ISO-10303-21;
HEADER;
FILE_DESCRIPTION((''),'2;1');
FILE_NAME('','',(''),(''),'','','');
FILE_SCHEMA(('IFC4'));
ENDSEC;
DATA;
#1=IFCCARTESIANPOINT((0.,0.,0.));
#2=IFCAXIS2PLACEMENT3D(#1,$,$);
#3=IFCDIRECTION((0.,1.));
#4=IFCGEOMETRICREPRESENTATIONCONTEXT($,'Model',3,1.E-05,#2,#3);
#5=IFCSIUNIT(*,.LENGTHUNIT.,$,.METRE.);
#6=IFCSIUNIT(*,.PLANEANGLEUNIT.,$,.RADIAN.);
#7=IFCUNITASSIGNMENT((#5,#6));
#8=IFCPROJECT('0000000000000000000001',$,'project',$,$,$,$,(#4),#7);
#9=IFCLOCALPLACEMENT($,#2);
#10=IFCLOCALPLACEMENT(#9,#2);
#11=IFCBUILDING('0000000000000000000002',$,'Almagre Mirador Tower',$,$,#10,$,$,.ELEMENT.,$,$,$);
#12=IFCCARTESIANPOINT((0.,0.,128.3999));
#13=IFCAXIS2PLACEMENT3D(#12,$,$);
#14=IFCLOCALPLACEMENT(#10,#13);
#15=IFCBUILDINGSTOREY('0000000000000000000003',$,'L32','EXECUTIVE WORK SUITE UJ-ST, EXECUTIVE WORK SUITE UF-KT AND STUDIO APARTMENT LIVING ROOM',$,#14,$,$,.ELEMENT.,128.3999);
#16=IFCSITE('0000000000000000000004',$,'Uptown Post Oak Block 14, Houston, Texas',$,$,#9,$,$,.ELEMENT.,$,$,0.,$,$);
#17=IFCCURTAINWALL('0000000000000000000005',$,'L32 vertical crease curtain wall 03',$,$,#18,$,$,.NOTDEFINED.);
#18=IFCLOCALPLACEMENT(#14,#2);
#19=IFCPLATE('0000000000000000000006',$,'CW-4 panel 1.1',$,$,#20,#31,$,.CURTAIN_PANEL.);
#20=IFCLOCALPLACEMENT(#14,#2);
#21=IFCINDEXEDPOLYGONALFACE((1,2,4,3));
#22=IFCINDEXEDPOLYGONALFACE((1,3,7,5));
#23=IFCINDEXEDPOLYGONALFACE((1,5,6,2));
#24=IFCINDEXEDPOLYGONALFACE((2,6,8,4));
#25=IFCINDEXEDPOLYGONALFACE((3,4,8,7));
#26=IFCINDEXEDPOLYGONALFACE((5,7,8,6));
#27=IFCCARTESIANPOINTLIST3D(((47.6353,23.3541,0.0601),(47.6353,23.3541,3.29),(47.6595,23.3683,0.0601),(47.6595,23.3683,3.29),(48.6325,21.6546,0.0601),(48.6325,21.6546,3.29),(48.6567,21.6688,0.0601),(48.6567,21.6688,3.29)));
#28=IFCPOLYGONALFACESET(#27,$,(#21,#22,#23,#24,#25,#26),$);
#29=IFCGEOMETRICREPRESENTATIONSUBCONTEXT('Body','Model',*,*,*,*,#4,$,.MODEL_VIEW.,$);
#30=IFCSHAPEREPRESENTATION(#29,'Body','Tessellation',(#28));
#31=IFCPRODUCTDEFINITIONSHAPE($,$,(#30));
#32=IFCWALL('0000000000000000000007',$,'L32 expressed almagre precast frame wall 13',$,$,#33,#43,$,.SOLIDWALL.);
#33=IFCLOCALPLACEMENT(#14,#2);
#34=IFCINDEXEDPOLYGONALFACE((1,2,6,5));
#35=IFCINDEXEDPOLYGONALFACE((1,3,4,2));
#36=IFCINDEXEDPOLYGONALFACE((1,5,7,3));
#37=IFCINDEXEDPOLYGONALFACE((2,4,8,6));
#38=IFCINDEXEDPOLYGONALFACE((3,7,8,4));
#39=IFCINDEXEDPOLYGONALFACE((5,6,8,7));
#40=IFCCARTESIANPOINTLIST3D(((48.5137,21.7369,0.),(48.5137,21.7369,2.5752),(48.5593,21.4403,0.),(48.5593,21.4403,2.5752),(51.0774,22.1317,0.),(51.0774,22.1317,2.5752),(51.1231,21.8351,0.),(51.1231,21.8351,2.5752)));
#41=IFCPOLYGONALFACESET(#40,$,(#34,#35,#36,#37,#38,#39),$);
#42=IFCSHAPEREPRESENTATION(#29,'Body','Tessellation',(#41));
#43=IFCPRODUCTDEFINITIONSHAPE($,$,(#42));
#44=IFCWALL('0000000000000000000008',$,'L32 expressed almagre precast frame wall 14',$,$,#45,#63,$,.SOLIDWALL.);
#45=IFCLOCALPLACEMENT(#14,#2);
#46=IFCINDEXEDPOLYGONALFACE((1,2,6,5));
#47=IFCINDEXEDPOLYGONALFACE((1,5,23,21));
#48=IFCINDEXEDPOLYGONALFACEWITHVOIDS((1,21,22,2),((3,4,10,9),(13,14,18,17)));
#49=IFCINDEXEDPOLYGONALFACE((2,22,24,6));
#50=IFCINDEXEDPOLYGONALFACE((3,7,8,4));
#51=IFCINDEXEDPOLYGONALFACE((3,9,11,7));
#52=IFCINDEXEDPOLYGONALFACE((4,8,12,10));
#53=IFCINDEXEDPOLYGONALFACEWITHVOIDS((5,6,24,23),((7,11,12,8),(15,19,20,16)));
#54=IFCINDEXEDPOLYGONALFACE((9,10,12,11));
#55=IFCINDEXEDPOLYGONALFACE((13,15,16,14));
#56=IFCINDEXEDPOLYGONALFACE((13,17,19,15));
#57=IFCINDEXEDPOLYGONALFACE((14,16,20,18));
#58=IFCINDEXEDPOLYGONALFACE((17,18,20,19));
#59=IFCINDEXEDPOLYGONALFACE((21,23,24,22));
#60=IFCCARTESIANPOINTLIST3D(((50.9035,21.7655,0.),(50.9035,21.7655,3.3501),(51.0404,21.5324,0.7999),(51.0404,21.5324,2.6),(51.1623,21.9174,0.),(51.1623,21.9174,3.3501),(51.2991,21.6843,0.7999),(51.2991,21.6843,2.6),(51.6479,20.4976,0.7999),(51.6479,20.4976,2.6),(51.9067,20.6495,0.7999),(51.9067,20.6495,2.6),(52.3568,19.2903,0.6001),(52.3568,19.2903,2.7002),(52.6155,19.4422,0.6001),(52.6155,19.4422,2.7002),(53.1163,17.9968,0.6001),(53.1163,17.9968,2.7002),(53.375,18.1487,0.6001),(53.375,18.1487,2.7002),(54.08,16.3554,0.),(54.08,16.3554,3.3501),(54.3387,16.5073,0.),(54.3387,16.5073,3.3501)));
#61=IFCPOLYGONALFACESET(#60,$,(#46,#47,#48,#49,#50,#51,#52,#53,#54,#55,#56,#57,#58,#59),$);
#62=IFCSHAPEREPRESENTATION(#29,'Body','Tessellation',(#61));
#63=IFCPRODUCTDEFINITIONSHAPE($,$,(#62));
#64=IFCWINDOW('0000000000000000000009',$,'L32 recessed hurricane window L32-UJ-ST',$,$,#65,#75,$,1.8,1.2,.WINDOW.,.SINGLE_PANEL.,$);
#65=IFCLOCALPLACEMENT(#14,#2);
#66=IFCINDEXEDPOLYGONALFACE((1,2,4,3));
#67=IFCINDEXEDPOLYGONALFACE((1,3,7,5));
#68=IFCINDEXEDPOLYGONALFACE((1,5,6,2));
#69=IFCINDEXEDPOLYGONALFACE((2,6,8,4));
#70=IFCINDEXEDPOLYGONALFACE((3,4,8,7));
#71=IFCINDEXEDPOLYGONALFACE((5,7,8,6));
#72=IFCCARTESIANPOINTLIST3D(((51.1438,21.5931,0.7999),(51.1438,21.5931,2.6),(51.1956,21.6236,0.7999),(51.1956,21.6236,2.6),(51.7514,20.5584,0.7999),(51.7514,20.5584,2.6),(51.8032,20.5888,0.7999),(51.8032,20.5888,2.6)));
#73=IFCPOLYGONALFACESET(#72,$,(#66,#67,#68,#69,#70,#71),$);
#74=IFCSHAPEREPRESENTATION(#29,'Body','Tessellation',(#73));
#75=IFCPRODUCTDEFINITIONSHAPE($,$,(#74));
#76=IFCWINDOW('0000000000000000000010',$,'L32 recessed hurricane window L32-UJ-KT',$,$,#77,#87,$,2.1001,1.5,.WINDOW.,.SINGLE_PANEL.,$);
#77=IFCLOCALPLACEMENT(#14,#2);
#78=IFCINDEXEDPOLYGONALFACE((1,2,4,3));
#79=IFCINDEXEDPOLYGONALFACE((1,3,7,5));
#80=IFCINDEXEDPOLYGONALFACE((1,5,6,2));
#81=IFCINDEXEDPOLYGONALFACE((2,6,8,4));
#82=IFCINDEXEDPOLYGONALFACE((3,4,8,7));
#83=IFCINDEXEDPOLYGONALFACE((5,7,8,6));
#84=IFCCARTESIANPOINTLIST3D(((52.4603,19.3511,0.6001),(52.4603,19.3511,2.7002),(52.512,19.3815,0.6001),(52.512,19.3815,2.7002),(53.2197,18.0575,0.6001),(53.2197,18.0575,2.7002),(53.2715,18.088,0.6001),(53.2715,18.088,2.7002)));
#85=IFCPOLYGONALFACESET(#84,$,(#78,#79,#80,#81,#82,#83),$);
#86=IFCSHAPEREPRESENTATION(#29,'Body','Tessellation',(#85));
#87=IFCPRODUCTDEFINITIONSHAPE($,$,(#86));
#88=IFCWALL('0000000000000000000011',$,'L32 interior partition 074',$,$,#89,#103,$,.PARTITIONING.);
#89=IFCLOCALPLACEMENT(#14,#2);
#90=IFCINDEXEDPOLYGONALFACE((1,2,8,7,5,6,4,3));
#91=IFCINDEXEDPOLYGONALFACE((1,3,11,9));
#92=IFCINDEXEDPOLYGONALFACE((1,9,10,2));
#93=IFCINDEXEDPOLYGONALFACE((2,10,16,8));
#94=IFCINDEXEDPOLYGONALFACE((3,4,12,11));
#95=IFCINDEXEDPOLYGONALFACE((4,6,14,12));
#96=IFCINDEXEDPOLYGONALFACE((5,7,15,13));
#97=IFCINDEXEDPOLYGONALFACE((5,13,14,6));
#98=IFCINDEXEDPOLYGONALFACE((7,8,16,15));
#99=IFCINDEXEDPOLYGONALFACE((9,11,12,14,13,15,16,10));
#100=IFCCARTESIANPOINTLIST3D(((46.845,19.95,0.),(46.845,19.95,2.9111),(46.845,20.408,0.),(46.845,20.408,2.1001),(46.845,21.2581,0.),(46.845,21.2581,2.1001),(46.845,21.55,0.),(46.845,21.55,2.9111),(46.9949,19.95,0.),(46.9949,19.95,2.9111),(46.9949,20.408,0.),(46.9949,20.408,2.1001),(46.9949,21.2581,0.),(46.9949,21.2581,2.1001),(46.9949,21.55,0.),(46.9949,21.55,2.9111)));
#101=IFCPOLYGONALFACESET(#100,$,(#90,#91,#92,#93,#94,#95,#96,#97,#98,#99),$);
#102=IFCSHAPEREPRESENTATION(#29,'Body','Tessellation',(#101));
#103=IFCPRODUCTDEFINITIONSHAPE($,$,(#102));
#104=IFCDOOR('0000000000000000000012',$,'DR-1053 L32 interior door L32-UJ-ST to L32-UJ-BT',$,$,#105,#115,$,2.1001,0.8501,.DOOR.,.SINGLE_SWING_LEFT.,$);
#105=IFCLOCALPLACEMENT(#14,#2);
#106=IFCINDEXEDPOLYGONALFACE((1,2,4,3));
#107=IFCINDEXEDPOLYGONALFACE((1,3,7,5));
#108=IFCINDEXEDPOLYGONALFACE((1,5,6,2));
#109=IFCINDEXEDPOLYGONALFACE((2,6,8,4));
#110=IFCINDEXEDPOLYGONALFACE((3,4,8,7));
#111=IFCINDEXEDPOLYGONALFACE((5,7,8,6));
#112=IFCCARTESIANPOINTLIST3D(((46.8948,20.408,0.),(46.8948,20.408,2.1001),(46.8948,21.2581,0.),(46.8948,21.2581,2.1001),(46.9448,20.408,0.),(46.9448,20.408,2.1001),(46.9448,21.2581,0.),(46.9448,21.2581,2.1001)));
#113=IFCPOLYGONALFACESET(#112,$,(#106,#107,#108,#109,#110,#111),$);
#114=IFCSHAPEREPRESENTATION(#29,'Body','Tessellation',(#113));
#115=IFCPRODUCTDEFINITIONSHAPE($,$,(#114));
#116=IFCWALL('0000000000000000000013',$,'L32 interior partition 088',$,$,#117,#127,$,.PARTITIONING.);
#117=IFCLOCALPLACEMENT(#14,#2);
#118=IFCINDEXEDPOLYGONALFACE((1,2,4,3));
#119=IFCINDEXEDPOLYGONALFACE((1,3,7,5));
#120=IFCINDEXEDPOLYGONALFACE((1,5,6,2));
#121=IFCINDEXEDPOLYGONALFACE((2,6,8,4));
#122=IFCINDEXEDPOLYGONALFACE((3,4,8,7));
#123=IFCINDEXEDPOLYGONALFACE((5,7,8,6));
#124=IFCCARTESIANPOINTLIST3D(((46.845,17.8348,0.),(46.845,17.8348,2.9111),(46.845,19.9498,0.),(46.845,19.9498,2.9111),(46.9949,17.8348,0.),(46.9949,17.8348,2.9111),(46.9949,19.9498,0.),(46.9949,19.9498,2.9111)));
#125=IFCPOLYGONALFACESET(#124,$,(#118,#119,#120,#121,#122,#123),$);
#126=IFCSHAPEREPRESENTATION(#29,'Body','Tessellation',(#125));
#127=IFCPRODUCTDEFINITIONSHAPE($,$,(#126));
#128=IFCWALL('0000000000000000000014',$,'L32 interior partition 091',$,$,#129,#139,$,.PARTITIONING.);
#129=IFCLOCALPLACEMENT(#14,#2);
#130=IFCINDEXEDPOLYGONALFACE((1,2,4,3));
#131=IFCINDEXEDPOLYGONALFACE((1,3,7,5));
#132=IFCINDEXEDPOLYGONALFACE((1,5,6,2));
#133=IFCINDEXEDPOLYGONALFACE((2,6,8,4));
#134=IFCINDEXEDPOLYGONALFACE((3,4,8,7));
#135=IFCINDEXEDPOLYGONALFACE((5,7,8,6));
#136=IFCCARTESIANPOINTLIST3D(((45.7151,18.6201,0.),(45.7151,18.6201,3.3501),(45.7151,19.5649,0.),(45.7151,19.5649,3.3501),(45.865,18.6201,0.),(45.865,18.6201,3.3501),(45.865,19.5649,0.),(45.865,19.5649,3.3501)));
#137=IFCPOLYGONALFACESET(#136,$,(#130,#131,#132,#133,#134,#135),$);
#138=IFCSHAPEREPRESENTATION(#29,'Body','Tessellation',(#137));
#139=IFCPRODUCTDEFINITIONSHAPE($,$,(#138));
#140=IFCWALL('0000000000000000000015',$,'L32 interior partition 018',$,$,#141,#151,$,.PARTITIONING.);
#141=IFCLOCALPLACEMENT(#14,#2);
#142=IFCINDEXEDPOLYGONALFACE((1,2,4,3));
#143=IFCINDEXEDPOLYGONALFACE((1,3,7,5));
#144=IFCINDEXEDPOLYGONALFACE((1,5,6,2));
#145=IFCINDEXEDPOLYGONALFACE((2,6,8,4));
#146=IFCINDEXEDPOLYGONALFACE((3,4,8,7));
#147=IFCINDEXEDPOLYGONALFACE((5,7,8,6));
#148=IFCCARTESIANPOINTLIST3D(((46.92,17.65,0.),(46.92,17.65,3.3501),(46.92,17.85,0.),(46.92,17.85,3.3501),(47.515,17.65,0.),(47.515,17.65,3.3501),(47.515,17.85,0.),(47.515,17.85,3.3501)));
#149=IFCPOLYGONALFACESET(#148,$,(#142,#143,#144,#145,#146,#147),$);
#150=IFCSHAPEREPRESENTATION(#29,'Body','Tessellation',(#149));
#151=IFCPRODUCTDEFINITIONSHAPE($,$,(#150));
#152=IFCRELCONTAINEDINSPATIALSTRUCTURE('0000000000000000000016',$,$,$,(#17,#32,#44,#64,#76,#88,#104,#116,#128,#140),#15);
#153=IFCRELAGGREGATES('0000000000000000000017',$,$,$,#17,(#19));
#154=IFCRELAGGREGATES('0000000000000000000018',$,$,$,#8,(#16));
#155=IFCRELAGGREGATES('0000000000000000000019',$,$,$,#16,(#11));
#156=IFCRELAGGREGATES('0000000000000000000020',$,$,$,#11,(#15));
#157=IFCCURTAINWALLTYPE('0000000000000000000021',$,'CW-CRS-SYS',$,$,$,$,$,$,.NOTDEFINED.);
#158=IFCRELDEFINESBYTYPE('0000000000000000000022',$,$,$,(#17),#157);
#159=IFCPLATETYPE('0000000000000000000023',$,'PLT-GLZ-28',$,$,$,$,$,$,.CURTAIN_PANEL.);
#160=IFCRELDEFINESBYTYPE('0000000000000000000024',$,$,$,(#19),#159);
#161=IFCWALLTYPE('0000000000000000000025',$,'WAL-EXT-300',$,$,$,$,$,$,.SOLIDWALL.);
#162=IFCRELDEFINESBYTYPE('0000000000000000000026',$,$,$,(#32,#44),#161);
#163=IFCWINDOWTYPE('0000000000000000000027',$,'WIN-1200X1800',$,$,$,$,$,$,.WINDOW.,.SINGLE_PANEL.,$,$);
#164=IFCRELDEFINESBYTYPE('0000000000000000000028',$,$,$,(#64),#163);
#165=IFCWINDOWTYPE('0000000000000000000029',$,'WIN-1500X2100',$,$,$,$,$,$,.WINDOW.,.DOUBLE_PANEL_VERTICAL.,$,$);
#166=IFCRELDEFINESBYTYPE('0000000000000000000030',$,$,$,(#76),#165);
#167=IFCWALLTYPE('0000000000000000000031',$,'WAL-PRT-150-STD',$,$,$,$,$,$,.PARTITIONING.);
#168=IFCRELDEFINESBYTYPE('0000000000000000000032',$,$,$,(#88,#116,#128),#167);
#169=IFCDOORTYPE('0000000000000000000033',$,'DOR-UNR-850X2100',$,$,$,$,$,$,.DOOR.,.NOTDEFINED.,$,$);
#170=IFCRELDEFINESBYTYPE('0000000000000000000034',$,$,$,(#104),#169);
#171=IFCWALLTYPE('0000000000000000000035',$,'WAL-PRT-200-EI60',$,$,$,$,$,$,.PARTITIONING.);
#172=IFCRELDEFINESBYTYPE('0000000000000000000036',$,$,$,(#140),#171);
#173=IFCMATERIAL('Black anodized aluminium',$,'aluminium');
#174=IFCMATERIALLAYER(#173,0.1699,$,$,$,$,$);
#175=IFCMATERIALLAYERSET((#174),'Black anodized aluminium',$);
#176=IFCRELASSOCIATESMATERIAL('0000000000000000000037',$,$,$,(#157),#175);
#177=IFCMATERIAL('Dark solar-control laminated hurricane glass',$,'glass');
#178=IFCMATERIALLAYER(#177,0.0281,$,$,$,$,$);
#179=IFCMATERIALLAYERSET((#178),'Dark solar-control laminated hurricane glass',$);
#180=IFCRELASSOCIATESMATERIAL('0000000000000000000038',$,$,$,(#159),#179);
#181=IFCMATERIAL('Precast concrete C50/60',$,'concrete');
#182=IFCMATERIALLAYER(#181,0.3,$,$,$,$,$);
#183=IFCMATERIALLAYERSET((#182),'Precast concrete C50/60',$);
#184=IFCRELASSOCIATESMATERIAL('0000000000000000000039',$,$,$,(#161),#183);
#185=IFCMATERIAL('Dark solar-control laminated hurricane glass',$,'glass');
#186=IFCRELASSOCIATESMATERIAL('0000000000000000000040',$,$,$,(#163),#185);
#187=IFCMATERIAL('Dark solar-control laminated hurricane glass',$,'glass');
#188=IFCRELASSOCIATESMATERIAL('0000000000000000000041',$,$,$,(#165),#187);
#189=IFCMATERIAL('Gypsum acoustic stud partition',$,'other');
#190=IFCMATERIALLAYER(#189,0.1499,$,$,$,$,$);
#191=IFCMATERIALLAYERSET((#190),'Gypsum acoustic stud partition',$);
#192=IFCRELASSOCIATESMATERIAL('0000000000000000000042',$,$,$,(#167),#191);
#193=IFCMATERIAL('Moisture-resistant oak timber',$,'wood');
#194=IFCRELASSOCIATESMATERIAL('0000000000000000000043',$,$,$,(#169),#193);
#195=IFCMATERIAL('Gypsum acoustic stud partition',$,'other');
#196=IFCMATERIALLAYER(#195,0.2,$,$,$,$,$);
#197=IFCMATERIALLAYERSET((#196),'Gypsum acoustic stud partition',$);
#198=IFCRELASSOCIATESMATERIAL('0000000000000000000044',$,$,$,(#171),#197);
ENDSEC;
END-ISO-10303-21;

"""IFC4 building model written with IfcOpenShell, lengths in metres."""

from ifc_helpers import new_model, si_unit, direction, frame, frame_2d, origin, origin_2d, place, context, subcontext, project, spatial, rectangle, extrude, material, layer, layer_set, type_object, element, fill, aggregate, save


model = new_model("IFC4")

# Units and contexts
model_context = context("Model", 3, precision=1e-05, world=origin(), true_north=direction((0.0, 1.0)))
body_context = subcontext(model_context, "Body", "Model", "MODEL_VIEW")
ifc_project = project(units=[si_unit("LENGTHUNIT", "METRE"), si_unit("PLANEANGLEUNIT", "RADIAN")], contexts=[model_context])

# Site, building, storey
site_placement = place(None, origin())
site = spatial("IfcSite", under=ifc_project, at=site_placement, Name="Uptown Post Oak Block 14, Houston, Texas", CompositionType="ELEMENT", RefElevation=0.0)
building_placement = place(site_placement, origin())
building = spatial("IfcBuilding", under=site, at=building_placement, Name="Almagre Mirador Tower", CompositionType="ELEMENT")
storey_placement = place(building_placement, frame((0.0, 0.0, 128.3999)))
storey = spatial("IfcBuildingStorey", under=building, at=storey_placement, Name="L32", Description="EXECUTIVE WORK SUITE UJ-ST, EXECUTIVE WORK SUITE UF-KT AND STUDIO APARTMENT LIVING ROOM", CompositionType="ELEMENT", Elevation=128.3999)

# Curtain wall, plate
ifc_material_1 = material(Name="Black anodized aluminium", Category="aluminium")
ifc_layer_1 = layer(ifc_material_1, 0.1699)
ifc_layer_set_1 = layer_set([ifc_layer_1], Name="Black anodized aluminium")
curtain_wall_type = type_object("IfcCurtainWallType", Name="CW-CRS-SYS", PredefinedType="NOTDEFINED", material=ifc_layer_set_1)
curtain_wall_placement = place(storey_placement, origin())
curtain_wall = element("IfcCurtainWall", 1, at=curtain_wall_placement, inside=storey, type_object=curtain_wall_type, Name="L32 vertical crease curtain wall 03", PredefinedType="NOTDEFINED")
ifc_material_2 = material(Name="Dark solar-control laminated hurricane glass", Category="glass")
ifc_layer_2 = layer(ifc_material_2, 0.0281)
ifc_layer_set_2 = layer_set([ifc_layer_2], Name="Dark solar-control laminated hurricane glass")
plate_type = type_object("IfcPlateType", Name="PLT-GLZ-28", PredefinedType="CURTAIN_PANEL", material=ifc_layer_set_2)
plate_placement = place(storey_placement, frame((48.146, 22.5115, 0.0601), z_axis=(0.0, 0.0, 1.0), x_axis=(0.5061, -0.862475, 0.0)))
plate = element("IfcPlate", 2, at=plate_placement, type_object=plate_type, Name="CW-4 panel 1.1", PredefinedType="CURTAIN_PANEL", context=body_context, shape_type="SweptSolid", body=[
    extrude(rectangle(XDim=1.9705, YDim=0.0281, at=origin_2d()), origin(), (0.0, 0.0, 1.0), 3.23),
])
aggregate(curtain_wall, [plate])

# Wall
ifc_material_3 = material(Name="Precast concrete C50/60", Category="concrete")
ifc_layer_3 = layer(ifc_material_3, 0.3)
ifc_layer_set_3 = layer_set([ifc_layer_3], Name="Precast concrete C50/60")
wall_type_1 = type_object("IfcWallType", Name="WAL-EXT-300", PredefinedType="SOLIDWALL", material=ifc_layer_set_3)
wall_1_placement = place(storey_placement, frame((48.5366, 21.5886, 0.0), z_axis=(0.0, 0.0, 1.0), x_axis=(0.988351, 0.152192, 0.0)))
element("IfcWall", 3, at=wall_1_placement, inside=storey, type_object=wall_type_1, Name="L32 expressed almagre precast frame wall 13", PredefinedType="SOLIDWALL", context=body_context, shape_type="SweptSolid", body=[
    extrude(rectangle(XDim=2.594, YDim=0.3, at=frame_2d((1.2969, 0.0))), origin(), (0.0, 0.0, 1.0), 2.5752),
])

# Wall, openings, windows
wall_2_placement = place(storey_placement, frame((51.033, 21.8413, 0.0), z_axis=(0.0, 0.0, 1.0), x_axis=(0.506318, -0.862347, 0.0)))
wall_2 = element("IfcWall", 4, at=wall_2_placement, inside=storey, type_object=wall_type_1, Name="L32 expressed almagre precast frame wall 14", PredefinedType="SOLIDWALL", context=body_context, shape_type="SweptSolid", body=[
    extrude(rectangle(XDim=6.2737, YDim=0.3, at=frame_2d((3.1367, 0.0))), origin(), (0.0, 0.0, 1.0), 3.3501),
])
opening_1_placement = place(wall_2_placement, frame((0.27, 0.0, 0.8)))
opening_1 = element("IfcOpeningElement", 5, at=opening_1_placement, cuts=wall_2, PredefinedType="OPENING", context=body_context, shape_type="SweptSolid", body=[
    extrude(rectangle(XDim=1.2, YDim=1.8, at=frame_2d((0.6001, 0.8999))), frame((0.0, 0.1599, 0.0), z_axis=(0.0, -1.0, 0.0), x_axis=(1.0, 0.0, 0.0)), (0.0, 0.0, 1.0), 0.32),
])
opening_2_placement = place(wall_2_placement, frame((2.8701, 0.0, 0.6001)))
opening_2 = element("IfcOpeningElement", 6, at=opening_2_placement, cuts=wall_2, PredefinedType="OPENING", context=body_context, shape_type="SweptSolid", body=[
    extrude(rectangle(XDim=1.5, YDim=2.1001, at=frame_2d((0.75, 1.05))), frame((0.0, 0.1599, 0.0), z_axis=(0.0, -1.0, 0.0), x_axis=(1.0, 0.0, 0.0)), (0.0, 0.0, 1.0), 0.32),
])
ifc_material_4 = material(Name="Dark solar-control laminated hurricane glass", Category="glass")
window_type_1 = type_object("IfcWindowType", Name="WIN-1200X1800", PartitioningType="SINGLE_PANEL", PredefinedType="WINDOW", material=ifc_material_4)
window_1_placement = place(opening_1_placement, origin())
window_1 = element("IfcWindow", 7, at=window_1_placement, inside=storey, type_object=window_type_1, Name="L32 recessed hurricane window L32-UJ-ST", OverallHeight=1.8, OverallWidth=1.2, PartitioningType="SINGLE_PANEL", PredefinedType="WINDOW", context=body_context, shape_type="SweptSolid", body=[
    extrude(rectangle(XDim=1.2, YDim=1.8, at=frame_2d((0.6001, 0.8999))), frame((0.0, 0.03, 0.0), z_axis=(0.0, -1.0, 0.0), x_axis=(1.0, 0.0, 0.0)), (0.0, 0.0, 1.0), 0.0601),
])
fill(opening_1, window_1)
ifc_material_5 = material(Name="Dark solar-control laminated hurricane glass", Category="glass")
window_type_2 = type_object("IfcWindowType", Name="WIN-1500X2100", PartitioningType="DOUBLE_PANEL_VERTICAL", PredefinedType="WINDOW", material=ifc_material_5)
window_2_placement = place(opening_2_placement, origin())
window_2 = element("IfcWindow", 8, at=window_2_placement, inside=storey, type_object=window_type_2, Name="L32 recessed hurricane window L32-UJ-KT", OverallHeight=2.1001, OverallWidth=1.5, PartitioningType="SINGLE_PANEL", PredefinedType="WINDOW", context=body_context, shape_type="SweptSolid", body=[
    extrude(rectangle(XDim=1.5, YDim=2.1001, at=frame_2d((0.75, 1.05))), frame((0.0, 0.03, 0.0), z_axis=(0.0, -1.0, 0.0), x_axis=(1.0, 0.0, 0.0)), (0.0, 0.0, 1.0), 0.0601),
])
fill(opening_2, window_2)

# Wall, opening, door
ifc_material_6 = material(Name="Gypsum acoustic stud partition", Category="other")
ifc_layer_4 = layer(ifc_material_6, 0.1499)
ifc_layer_set_4 = layer_set([ifc_layer_4], Name="Gypsum acoustic stud partition")
wall_type_2 = type_object("IfcWallType", Name="WAL-PRT-150-STD", PredefinedType="PARTITIONING", material=ifc_layer_set_4)
wall_3_placement = place(storey_placement, frame((46.9199, 21.55, 0.0), z_axis=(0.0, 0.0, 1.0), x_axis=(0.0, -1.0, 0.0)))
wall_3 = element("IfcWall", 9, at=wall_3_placement, inside=storey, type_object=wall_type_2, Name="L32 interior partition 074", PredefinedType="PARTITIONING", context=body_context, shape_type="SweptSolid", body=[
    extrude(rectangle(XDim=1.6001, YDim=0.1499, at=frame_2d((0.8, 0.0))), origin(), (0.0, 0.0, 1.0), 2.9111),
])
opening_3_placement = place(wall_3_placement, frame((0.292, 0.0, 0.0)))
opening_3 = element("IfcOpeningElement", 10, at=opening_3_placement, cuts=wall_3, PredefinedType="OPENING", context=body_context, shape_type="SweptSolid", body=[
    extrude(rectangle(XDim=0.8501, YDim=2.1001, at=frame_2d((0.425, 1.05))), frame((0.0, 0.085, 0.0), z_axis=(0.0, -1.0, 0.0), x_axis=(1.0, 0.0, 0.0)), (0.0, 0.0, 1.0), 0.1699),
])
ifc_material_7 = material(Name="Moisture-resistant oak timber", Category="wood")
door_type_1 = type_object("IfcDoorType", Name="DOR-UNR-850X2100", OperationType="NOTDEFINED", PredefinedType="DOOR", material=ifc_material_7)
door_1_placement = place(opening_3_placement, origin())
door_1 = element("IfcDoor", 11, at=door_1_placement, inside=storey, type_object=door_type_1, Name="DR-1053 L32 interior door L32-UJ-ST to L32-UJ-BT", OperationType="SINGLE_SWING_LEFT", OverallHeight=2.1001, OverallWidth=0.8501, PredefinedType="DOOR", context=body_context, shape_type="SweptSolid", body=[
    extrude(rectangle(XDim=0.8501, YDim=2.1001, at=frame_2d((0.425, 1.05))), frame((0.0, 0.0249, 0.0), z_axis=(0.0, -1.0, 0.0), x_axis=(1.0, 0.0, 0.0)), (0.0, 0.0, 1.0), 0.05),
])
fill(opening_3, door_1)

# Walls
wall_4_placement = place(storey_placement, frame((46.9199, 19.95, 0.0), z_axis=(0.0, 0.0, 1.0), x_axis=(0.0, -1.0, 0.0)))
element("IfcWall", 12, at=wall_4_placement, inside=storey, type_object=wall_type_2, Name="L32 interior partition 088", PredefinedType="PARTITIONING", context=body_context, shape_type="SweptSolid", body=[
    extrude(rectangle(XDim=2.115, YDim=0.1499, at=frame_2d((1.0576, 0.0))), origin(), (0.0, 0.0, 1.0), 2.9111),
])
wall_5_placement = place(storey_placement, frame((45.79, 19.5649, 0.0), z_axis=(0.0, 0.0, 1.0), x_axis=(0.0, -1.0, 0.0)))
element("IfcWall", 13, at=wall_5_placement, inside=storey, type_object=wall_type_2, Name="L32 interior partition 091", PredefinedType="PARTITIONING", context=body_context, shape_type="SweptSolid", body=[
    extrude(rectangle(XDim=0.9448, YDim=0.1499, at=frame_2d((0.4724, 0.0))), origin(), (0.0, 0.0, 1.0), 3.3501),
])
ifc_material_8 = material(Name="Gypsum acoustic stud partition", Category="other")
ifc_layer_5 = layer(ifc_material_8, 0.2)
ifc_layer_set_5 = layer_set([ifc_layer_5], Name="Gypsum acoustic stud partition")
wall_type_3 = type_object("IfcWallType", Name="WAL-PRT-200-EI60", PredefinedType="PARTITIONING", material=ifc_layer_set_5)
wall_6_placement = place(storey_placement, frame((47.5149, 17.75, 0.0), z_axis=(0.0, 0.0, 1.0), x_axis=(-1.0, 0.0, 0.0)))
element("IfcWall", 14, at=wall_6_placement, inside=storey, type_object=wall_type_3, Name="L32 interior partition 018", PredefinedType="PARTITIONING", context=body_context, shape_type="SweptSolid", body=[
    extrude(rectangle(XDim=0.595, YDim=0.2, at=frame_2d((0.2974, 0.0))), origin(), (0.0, 0.0, 1.0), 3.3501),
])

save(model, "model.ifc")
